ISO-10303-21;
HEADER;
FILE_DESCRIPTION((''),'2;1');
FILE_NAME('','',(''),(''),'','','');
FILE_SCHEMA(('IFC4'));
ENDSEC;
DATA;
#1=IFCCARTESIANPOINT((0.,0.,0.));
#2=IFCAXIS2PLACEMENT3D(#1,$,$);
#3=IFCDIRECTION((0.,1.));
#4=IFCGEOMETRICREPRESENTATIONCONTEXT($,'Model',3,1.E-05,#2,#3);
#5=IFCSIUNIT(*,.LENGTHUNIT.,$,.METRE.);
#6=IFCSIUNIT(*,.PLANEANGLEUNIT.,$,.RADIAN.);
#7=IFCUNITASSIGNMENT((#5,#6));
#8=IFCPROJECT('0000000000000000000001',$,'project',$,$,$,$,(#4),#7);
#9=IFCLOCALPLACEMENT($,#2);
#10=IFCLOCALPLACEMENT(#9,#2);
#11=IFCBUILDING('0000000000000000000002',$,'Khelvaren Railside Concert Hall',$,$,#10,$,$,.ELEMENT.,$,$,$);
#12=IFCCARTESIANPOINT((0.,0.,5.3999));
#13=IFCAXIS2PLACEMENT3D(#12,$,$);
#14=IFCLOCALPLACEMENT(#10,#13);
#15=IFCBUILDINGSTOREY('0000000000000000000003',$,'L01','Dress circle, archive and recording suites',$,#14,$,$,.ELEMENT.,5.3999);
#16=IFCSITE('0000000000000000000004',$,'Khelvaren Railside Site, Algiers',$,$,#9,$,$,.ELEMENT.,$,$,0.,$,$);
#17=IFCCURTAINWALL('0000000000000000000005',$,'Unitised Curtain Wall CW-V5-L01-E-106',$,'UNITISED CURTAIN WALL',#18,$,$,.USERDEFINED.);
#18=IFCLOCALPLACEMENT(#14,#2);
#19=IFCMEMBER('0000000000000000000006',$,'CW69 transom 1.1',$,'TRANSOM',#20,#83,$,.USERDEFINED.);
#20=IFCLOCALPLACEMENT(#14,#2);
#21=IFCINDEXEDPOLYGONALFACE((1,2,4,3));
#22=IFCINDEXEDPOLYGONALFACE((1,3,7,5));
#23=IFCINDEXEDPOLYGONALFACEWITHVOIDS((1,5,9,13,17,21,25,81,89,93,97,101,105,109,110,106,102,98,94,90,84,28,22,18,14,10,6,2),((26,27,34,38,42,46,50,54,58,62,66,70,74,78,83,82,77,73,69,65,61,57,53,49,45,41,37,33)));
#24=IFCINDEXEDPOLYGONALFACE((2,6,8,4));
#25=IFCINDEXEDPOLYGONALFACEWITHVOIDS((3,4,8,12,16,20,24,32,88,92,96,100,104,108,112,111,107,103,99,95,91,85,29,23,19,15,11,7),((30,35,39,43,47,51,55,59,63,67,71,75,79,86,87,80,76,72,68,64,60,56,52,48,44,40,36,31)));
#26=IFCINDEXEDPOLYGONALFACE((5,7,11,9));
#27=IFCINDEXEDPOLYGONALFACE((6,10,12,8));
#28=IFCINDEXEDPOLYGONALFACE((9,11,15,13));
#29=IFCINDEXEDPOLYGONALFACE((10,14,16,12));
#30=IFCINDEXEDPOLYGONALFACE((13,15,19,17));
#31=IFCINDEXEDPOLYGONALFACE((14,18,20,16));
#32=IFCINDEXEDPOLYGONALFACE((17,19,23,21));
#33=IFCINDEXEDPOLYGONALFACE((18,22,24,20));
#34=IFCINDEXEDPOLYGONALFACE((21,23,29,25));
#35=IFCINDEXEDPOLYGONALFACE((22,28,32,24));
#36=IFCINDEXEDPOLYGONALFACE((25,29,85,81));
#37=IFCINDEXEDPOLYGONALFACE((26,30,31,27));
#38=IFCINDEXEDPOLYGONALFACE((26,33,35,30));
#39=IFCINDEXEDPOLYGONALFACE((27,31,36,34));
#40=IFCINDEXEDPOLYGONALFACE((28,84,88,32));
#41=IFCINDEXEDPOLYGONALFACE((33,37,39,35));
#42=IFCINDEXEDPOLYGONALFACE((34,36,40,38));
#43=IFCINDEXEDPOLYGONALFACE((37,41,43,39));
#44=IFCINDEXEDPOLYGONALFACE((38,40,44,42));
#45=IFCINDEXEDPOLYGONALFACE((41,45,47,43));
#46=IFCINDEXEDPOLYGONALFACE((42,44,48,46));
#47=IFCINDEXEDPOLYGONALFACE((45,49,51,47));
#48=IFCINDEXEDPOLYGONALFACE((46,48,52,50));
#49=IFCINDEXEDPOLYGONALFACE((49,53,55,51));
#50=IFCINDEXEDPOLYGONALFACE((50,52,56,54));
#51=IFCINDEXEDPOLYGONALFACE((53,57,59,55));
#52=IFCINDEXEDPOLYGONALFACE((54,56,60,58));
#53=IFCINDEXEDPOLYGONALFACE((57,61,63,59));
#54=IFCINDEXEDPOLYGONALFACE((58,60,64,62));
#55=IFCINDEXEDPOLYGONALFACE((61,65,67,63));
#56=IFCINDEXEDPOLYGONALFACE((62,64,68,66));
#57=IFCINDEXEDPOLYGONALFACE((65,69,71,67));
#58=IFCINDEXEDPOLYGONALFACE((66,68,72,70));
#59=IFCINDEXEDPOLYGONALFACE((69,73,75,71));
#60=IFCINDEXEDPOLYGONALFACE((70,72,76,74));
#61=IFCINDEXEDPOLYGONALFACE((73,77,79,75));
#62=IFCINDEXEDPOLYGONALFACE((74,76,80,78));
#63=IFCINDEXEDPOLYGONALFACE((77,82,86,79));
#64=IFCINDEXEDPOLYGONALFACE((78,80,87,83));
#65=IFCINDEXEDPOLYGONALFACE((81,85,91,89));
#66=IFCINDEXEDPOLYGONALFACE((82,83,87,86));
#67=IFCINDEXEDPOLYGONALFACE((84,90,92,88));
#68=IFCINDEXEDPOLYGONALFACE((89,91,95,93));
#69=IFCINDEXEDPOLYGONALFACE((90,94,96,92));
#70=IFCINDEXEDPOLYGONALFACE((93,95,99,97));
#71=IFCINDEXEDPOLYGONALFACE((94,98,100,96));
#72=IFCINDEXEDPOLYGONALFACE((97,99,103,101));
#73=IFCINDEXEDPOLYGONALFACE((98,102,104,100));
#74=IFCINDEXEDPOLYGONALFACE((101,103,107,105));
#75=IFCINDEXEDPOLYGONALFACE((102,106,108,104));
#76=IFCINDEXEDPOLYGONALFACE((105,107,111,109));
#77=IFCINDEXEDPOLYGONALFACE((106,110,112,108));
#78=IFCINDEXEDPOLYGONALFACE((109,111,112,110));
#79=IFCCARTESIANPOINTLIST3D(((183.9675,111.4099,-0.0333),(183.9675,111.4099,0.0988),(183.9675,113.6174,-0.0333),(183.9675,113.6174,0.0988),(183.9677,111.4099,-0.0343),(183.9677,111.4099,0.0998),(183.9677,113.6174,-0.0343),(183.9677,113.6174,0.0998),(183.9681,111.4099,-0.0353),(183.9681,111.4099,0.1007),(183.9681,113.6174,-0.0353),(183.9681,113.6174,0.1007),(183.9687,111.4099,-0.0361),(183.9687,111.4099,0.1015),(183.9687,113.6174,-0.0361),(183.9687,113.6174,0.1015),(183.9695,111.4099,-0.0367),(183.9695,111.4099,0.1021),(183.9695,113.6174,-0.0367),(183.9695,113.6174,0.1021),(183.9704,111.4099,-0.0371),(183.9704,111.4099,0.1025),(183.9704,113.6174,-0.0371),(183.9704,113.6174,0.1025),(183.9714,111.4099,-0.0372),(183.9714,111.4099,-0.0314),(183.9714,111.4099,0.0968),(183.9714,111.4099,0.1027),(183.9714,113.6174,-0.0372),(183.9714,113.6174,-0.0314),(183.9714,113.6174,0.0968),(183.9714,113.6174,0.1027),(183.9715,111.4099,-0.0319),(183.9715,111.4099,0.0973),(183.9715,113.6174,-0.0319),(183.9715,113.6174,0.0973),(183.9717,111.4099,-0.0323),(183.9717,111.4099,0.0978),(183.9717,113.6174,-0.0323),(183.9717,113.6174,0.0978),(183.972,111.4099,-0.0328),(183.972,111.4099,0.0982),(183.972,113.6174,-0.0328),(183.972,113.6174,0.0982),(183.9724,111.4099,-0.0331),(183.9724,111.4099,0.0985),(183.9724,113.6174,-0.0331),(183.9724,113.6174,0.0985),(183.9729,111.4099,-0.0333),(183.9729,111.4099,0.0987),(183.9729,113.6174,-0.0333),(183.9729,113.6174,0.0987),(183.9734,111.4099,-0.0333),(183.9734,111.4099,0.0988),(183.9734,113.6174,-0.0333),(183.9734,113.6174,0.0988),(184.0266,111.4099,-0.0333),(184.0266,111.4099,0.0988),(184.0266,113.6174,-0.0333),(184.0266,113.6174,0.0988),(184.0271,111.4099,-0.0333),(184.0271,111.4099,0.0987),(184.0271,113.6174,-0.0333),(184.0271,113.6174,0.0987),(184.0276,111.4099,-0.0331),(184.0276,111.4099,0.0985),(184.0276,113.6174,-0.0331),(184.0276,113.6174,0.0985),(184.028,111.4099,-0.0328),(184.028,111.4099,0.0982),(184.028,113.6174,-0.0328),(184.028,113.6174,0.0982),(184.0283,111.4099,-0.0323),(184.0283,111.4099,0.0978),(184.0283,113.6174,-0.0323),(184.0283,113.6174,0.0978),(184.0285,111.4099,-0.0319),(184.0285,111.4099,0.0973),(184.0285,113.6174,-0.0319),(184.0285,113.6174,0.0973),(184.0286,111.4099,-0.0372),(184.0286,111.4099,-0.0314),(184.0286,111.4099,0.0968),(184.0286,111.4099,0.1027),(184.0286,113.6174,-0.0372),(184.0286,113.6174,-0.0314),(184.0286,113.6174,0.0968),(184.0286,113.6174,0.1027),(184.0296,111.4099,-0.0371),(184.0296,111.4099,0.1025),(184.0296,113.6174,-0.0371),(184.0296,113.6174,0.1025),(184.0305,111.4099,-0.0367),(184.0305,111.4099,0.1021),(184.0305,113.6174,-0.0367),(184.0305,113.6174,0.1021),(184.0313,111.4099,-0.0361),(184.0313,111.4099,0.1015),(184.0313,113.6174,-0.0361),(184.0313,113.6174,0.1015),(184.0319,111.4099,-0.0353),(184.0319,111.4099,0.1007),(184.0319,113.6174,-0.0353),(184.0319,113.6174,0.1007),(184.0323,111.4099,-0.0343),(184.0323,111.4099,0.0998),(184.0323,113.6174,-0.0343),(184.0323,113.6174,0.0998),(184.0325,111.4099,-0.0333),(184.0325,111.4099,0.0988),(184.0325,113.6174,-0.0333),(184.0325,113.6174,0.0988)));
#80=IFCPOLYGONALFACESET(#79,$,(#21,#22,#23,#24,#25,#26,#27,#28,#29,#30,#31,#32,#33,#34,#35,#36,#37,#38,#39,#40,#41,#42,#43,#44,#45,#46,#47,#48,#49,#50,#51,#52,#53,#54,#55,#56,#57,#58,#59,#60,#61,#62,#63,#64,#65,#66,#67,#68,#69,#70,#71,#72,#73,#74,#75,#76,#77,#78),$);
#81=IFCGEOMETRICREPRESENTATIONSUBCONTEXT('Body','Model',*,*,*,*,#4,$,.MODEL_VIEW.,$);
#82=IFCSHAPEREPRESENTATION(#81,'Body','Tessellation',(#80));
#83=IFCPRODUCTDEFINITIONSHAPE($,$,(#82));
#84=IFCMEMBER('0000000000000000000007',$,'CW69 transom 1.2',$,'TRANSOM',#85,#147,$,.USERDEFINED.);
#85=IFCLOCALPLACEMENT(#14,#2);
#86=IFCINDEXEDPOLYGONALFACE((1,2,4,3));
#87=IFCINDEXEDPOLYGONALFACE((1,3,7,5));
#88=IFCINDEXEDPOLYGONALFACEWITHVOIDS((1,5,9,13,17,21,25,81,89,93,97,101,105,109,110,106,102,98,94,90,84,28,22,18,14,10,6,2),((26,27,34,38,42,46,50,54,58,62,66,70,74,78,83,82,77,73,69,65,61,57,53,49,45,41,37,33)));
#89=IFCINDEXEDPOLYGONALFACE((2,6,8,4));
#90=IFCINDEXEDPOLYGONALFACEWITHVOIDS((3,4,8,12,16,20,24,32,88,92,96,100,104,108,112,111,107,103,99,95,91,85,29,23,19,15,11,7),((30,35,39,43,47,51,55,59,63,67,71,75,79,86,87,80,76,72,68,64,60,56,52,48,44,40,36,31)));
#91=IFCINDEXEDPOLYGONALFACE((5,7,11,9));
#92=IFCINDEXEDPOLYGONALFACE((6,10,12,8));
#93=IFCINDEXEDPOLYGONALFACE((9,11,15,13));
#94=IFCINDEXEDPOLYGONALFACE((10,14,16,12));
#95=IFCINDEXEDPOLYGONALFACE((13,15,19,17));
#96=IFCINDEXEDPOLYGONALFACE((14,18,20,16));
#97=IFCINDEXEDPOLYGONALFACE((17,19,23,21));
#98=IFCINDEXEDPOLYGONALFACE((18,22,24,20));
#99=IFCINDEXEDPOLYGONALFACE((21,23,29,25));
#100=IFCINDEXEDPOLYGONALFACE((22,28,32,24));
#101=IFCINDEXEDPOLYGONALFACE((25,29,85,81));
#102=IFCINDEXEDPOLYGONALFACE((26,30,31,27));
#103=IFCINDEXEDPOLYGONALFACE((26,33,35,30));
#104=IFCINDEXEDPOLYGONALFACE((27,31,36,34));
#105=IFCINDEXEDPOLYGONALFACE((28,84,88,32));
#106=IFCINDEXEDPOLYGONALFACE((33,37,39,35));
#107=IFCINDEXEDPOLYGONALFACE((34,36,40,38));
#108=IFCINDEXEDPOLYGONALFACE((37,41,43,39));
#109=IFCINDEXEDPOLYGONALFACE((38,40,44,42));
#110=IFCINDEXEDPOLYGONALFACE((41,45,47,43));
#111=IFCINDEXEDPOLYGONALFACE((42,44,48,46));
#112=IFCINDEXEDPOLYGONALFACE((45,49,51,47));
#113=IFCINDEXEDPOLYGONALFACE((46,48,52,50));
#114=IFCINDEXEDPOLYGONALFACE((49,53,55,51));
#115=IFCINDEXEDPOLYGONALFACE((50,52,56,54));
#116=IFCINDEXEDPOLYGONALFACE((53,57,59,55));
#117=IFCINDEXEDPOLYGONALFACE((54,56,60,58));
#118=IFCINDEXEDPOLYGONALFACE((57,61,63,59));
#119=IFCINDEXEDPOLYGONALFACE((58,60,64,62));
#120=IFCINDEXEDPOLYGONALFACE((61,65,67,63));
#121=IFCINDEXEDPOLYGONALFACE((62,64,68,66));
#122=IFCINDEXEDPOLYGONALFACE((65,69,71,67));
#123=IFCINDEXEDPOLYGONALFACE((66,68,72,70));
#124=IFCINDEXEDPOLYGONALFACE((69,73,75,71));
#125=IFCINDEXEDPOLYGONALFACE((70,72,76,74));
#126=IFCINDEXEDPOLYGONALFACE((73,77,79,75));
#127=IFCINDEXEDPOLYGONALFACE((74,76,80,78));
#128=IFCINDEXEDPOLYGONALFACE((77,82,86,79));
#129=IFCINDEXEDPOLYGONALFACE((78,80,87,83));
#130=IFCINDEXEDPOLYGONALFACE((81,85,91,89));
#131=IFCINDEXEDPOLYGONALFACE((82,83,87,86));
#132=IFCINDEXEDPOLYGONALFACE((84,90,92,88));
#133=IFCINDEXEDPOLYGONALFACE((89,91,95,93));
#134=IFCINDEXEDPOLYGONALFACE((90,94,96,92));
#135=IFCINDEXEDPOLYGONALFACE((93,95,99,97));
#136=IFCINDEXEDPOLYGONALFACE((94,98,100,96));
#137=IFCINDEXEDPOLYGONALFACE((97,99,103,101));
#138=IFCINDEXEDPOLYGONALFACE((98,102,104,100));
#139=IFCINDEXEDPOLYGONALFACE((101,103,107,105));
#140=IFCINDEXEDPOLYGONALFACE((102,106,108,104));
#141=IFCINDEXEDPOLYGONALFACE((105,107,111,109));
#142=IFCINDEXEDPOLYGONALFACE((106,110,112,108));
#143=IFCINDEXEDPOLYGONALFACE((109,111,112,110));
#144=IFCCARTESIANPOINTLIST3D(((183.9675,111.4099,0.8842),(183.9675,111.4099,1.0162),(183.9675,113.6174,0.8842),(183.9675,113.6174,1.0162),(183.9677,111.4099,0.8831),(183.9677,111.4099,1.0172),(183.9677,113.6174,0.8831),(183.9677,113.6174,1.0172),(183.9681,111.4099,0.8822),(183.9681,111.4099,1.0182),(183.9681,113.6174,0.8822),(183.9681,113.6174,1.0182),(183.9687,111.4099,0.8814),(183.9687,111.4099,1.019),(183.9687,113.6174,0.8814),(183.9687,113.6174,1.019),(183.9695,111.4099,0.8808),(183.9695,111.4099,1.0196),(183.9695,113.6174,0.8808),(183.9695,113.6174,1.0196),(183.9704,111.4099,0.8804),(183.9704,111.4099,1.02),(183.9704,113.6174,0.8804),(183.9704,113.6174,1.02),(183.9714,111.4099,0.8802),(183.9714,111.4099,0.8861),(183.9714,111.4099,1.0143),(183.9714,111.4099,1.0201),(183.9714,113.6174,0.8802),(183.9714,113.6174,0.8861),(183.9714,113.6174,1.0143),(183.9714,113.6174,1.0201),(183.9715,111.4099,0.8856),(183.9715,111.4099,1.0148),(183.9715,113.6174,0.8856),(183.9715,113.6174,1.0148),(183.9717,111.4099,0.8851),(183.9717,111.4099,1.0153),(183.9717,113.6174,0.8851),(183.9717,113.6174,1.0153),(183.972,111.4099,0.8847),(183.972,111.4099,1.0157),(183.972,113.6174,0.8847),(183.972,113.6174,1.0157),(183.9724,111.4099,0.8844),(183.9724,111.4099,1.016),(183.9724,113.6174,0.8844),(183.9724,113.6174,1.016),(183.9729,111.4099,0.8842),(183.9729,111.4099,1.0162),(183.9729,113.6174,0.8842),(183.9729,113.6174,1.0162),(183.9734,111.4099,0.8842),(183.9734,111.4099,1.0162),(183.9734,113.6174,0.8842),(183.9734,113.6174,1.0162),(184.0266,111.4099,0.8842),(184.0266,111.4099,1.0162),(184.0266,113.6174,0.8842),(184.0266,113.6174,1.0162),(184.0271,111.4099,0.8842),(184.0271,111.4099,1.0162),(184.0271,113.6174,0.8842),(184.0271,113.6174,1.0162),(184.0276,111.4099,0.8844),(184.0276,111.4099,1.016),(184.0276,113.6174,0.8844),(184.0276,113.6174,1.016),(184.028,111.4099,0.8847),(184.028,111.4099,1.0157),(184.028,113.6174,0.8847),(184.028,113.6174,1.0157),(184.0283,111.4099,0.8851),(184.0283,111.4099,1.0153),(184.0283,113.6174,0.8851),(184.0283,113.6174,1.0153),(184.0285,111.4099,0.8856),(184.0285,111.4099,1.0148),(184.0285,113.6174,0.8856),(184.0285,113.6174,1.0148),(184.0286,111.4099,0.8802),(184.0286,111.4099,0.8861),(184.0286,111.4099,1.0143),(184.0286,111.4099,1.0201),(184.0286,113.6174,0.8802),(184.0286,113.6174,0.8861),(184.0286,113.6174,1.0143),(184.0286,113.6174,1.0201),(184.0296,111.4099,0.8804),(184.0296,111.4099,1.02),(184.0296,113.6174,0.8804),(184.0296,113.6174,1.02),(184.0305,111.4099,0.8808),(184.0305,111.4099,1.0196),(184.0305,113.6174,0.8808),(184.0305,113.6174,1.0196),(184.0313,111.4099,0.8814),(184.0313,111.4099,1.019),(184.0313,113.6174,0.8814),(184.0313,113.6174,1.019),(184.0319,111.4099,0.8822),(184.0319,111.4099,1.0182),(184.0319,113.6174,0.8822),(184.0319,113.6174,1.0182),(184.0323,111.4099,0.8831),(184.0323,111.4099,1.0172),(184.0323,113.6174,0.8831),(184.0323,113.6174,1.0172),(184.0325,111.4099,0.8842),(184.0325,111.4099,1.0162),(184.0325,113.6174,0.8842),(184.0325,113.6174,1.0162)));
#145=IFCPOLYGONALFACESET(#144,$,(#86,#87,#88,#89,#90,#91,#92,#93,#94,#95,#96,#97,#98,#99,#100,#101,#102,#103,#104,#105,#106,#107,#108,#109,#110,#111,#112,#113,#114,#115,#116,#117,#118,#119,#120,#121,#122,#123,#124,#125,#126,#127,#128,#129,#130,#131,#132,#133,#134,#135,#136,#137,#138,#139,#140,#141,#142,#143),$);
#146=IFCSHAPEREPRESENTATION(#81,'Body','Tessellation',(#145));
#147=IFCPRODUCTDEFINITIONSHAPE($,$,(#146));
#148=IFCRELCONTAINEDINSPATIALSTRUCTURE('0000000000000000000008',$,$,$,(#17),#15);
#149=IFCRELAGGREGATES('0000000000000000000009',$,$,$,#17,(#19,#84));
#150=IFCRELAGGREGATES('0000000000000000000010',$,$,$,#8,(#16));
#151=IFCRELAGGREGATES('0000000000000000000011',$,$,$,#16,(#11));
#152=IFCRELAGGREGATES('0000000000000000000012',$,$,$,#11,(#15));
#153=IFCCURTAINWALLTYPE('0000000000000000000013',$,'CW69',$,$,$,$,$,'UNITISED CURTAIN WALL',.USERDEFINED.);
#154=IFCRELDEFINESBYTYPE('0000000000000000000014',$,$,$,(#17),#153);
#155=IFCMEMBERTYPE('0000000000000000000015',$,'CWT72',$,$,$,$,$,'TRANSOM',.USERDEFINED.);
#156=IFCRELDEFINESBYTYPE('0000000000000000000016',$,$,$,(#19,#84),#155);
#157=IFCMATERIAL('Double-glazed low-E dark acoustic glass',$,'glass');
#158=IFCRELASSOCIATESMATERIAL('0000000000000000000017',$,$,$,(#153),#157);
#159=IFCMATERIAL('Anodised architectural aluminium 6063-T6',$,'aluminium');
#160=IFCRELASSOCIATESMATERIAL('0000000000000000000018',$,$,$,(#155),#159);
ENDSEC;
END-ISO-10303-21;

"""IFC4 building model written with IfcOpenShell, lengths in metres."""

from ifc_helpers import new_model, si_unit, direction, frame, origin, origin_2d, place, context, subcontext, project, spatial, hollow_rectangle, extrude, material, material_profile, profile_set, type_object, element, aggregate, save


model = new_model("IFC4")

# Units and contexts
model_context = context("Model", 3, precision=1e-05, world=origin(), true_north=direction((0.0, 1.0)))
body_context = subcontext(model_context, "Body", "Model", "MODEL_VIEW")
ifc_project = project(units=[si_unit("LENGTHUNIT", "METRE"), si_unit("PLANEANGLEUNIT", "RADIAN")], contexts=[model_context])

# Site, building, storey
site_placement = place(None, origin())
site = spatial("IfcSite", under=ifc_project, at=site_placement, Name="Khelvaren Railside Site, Algiers", CompositionType="ELEMENT", RefElevation=0.0)
building_placement = place(site_placement, origin())
building = spatial("IfcBuilding", under=site, at=building_placement, Name="Khelvaren Railside Concert Hall", CompositionType="ELEMENT")
storey_placement = place(building_placement, frame((0.0, 0.0, 5.3999)))
storey = spatial("IfcBuildingStorey", under=building, at=storey_placement, Name="L01", Description="Dress circle, archive and recording suites", CompositionType="ELEMENT", Elevation=5.3999)

# Curtain wall, members
ifc_material_1 = material(Name="Double-glazed low-E dark acoustic glass", Category="glass")
curtain_wall_type = type_object("IfcCurtainWallType", Name="CW69", ElementType="UNITISED CURTAIN WALL", PredefinedType="USERDEFINED", material=ifc_material_1)
curtain_wall_placement = place(storey_placement, origin())
curtain_wall = element("IfcCurtainWall", 1, at=curtain_wall_placement, inside=storey, type_object=curtain_wall_type, Name="Unitised Curtain Wall CW-V5-L01-E-106", ObjectType="UNITISED CURTAIN WALL", PredefinedType="USERDEFINED")
ifc_material_2 = material(Name="Anodised architectural aluminium 6063-T6", Category="aluminium")
ifc_material_profile_1 = material_profile(ifc_material_2, hollow_rectangle(XDim=0.0649, YDim=0.1399, WallThickness=0.0039, InnerFilletRadius=0.002, OuterFilletRadius=0.0039, at=origin_2d()), Name="CWT 65x140x4")
ifc_profile_set_1 = profile_set([ifc_material_profile_1], Name="Anodised architectural aluminium 6063-T6")
member_type_1 = type_object("IfcMemberType", Name="CWT72", ElementType="TRANSOM", PredefinedType="USERDEFINED", material=ifc_profile_set_1)
member_1_placement = place(storey_placement, frame((184.0, 113.6174, 0.0327), z_axis=(0.0, -1.0, 0.0), x_axis=(1.0, 0.0, 0.0)))
member_1 = element("IfcMember", 2, at=member_1_placement, type_object=member_type_1, Name="CW69 transom 1.1", ObjectType="TRANSOM", PredefinedType="USERDEFINED", context=body_context, shape_type="SweptSolid", body=[
    extrude(hollow_rectangle(XDim=0.0649, YDim=0.1399, WallThickness=0.0039, InnerFilletRadius=0.002, OuterFilletRadius=0.0039, at=origin_2d()), origin(), (0.0, 0.0, 1.0), 2.2075),
])
member_2_placement = place(storey_placement, frame((184.0, 113.6174, 0.9502), z_axis=(0.0, -1.0, 0.0), x_axis=(1.0, 0.0, 0.0)))
member_2 = element("IfcMember", 3, at=member_2_placement, type_object=member_type_1, Name="CW69 transom 1.2", ObjectType="TRANSOM", PredefinedType="USERDEFINED", context=body_context, shape_type="SweptSolid", body=[
    extrude(hollow_rectangle(XDim=0.0649, YDim=0.1399, WallThickness=0.0039, InnerFilletRadius=0.002, OuterFilletRadius=0.0039, at=origin_2d()), origin(), (0.0, 0.0, 1.0), 2.2075),
])

aggregate(curtain_wall, [member_1, member_2])

save(model, "model.ifc")
